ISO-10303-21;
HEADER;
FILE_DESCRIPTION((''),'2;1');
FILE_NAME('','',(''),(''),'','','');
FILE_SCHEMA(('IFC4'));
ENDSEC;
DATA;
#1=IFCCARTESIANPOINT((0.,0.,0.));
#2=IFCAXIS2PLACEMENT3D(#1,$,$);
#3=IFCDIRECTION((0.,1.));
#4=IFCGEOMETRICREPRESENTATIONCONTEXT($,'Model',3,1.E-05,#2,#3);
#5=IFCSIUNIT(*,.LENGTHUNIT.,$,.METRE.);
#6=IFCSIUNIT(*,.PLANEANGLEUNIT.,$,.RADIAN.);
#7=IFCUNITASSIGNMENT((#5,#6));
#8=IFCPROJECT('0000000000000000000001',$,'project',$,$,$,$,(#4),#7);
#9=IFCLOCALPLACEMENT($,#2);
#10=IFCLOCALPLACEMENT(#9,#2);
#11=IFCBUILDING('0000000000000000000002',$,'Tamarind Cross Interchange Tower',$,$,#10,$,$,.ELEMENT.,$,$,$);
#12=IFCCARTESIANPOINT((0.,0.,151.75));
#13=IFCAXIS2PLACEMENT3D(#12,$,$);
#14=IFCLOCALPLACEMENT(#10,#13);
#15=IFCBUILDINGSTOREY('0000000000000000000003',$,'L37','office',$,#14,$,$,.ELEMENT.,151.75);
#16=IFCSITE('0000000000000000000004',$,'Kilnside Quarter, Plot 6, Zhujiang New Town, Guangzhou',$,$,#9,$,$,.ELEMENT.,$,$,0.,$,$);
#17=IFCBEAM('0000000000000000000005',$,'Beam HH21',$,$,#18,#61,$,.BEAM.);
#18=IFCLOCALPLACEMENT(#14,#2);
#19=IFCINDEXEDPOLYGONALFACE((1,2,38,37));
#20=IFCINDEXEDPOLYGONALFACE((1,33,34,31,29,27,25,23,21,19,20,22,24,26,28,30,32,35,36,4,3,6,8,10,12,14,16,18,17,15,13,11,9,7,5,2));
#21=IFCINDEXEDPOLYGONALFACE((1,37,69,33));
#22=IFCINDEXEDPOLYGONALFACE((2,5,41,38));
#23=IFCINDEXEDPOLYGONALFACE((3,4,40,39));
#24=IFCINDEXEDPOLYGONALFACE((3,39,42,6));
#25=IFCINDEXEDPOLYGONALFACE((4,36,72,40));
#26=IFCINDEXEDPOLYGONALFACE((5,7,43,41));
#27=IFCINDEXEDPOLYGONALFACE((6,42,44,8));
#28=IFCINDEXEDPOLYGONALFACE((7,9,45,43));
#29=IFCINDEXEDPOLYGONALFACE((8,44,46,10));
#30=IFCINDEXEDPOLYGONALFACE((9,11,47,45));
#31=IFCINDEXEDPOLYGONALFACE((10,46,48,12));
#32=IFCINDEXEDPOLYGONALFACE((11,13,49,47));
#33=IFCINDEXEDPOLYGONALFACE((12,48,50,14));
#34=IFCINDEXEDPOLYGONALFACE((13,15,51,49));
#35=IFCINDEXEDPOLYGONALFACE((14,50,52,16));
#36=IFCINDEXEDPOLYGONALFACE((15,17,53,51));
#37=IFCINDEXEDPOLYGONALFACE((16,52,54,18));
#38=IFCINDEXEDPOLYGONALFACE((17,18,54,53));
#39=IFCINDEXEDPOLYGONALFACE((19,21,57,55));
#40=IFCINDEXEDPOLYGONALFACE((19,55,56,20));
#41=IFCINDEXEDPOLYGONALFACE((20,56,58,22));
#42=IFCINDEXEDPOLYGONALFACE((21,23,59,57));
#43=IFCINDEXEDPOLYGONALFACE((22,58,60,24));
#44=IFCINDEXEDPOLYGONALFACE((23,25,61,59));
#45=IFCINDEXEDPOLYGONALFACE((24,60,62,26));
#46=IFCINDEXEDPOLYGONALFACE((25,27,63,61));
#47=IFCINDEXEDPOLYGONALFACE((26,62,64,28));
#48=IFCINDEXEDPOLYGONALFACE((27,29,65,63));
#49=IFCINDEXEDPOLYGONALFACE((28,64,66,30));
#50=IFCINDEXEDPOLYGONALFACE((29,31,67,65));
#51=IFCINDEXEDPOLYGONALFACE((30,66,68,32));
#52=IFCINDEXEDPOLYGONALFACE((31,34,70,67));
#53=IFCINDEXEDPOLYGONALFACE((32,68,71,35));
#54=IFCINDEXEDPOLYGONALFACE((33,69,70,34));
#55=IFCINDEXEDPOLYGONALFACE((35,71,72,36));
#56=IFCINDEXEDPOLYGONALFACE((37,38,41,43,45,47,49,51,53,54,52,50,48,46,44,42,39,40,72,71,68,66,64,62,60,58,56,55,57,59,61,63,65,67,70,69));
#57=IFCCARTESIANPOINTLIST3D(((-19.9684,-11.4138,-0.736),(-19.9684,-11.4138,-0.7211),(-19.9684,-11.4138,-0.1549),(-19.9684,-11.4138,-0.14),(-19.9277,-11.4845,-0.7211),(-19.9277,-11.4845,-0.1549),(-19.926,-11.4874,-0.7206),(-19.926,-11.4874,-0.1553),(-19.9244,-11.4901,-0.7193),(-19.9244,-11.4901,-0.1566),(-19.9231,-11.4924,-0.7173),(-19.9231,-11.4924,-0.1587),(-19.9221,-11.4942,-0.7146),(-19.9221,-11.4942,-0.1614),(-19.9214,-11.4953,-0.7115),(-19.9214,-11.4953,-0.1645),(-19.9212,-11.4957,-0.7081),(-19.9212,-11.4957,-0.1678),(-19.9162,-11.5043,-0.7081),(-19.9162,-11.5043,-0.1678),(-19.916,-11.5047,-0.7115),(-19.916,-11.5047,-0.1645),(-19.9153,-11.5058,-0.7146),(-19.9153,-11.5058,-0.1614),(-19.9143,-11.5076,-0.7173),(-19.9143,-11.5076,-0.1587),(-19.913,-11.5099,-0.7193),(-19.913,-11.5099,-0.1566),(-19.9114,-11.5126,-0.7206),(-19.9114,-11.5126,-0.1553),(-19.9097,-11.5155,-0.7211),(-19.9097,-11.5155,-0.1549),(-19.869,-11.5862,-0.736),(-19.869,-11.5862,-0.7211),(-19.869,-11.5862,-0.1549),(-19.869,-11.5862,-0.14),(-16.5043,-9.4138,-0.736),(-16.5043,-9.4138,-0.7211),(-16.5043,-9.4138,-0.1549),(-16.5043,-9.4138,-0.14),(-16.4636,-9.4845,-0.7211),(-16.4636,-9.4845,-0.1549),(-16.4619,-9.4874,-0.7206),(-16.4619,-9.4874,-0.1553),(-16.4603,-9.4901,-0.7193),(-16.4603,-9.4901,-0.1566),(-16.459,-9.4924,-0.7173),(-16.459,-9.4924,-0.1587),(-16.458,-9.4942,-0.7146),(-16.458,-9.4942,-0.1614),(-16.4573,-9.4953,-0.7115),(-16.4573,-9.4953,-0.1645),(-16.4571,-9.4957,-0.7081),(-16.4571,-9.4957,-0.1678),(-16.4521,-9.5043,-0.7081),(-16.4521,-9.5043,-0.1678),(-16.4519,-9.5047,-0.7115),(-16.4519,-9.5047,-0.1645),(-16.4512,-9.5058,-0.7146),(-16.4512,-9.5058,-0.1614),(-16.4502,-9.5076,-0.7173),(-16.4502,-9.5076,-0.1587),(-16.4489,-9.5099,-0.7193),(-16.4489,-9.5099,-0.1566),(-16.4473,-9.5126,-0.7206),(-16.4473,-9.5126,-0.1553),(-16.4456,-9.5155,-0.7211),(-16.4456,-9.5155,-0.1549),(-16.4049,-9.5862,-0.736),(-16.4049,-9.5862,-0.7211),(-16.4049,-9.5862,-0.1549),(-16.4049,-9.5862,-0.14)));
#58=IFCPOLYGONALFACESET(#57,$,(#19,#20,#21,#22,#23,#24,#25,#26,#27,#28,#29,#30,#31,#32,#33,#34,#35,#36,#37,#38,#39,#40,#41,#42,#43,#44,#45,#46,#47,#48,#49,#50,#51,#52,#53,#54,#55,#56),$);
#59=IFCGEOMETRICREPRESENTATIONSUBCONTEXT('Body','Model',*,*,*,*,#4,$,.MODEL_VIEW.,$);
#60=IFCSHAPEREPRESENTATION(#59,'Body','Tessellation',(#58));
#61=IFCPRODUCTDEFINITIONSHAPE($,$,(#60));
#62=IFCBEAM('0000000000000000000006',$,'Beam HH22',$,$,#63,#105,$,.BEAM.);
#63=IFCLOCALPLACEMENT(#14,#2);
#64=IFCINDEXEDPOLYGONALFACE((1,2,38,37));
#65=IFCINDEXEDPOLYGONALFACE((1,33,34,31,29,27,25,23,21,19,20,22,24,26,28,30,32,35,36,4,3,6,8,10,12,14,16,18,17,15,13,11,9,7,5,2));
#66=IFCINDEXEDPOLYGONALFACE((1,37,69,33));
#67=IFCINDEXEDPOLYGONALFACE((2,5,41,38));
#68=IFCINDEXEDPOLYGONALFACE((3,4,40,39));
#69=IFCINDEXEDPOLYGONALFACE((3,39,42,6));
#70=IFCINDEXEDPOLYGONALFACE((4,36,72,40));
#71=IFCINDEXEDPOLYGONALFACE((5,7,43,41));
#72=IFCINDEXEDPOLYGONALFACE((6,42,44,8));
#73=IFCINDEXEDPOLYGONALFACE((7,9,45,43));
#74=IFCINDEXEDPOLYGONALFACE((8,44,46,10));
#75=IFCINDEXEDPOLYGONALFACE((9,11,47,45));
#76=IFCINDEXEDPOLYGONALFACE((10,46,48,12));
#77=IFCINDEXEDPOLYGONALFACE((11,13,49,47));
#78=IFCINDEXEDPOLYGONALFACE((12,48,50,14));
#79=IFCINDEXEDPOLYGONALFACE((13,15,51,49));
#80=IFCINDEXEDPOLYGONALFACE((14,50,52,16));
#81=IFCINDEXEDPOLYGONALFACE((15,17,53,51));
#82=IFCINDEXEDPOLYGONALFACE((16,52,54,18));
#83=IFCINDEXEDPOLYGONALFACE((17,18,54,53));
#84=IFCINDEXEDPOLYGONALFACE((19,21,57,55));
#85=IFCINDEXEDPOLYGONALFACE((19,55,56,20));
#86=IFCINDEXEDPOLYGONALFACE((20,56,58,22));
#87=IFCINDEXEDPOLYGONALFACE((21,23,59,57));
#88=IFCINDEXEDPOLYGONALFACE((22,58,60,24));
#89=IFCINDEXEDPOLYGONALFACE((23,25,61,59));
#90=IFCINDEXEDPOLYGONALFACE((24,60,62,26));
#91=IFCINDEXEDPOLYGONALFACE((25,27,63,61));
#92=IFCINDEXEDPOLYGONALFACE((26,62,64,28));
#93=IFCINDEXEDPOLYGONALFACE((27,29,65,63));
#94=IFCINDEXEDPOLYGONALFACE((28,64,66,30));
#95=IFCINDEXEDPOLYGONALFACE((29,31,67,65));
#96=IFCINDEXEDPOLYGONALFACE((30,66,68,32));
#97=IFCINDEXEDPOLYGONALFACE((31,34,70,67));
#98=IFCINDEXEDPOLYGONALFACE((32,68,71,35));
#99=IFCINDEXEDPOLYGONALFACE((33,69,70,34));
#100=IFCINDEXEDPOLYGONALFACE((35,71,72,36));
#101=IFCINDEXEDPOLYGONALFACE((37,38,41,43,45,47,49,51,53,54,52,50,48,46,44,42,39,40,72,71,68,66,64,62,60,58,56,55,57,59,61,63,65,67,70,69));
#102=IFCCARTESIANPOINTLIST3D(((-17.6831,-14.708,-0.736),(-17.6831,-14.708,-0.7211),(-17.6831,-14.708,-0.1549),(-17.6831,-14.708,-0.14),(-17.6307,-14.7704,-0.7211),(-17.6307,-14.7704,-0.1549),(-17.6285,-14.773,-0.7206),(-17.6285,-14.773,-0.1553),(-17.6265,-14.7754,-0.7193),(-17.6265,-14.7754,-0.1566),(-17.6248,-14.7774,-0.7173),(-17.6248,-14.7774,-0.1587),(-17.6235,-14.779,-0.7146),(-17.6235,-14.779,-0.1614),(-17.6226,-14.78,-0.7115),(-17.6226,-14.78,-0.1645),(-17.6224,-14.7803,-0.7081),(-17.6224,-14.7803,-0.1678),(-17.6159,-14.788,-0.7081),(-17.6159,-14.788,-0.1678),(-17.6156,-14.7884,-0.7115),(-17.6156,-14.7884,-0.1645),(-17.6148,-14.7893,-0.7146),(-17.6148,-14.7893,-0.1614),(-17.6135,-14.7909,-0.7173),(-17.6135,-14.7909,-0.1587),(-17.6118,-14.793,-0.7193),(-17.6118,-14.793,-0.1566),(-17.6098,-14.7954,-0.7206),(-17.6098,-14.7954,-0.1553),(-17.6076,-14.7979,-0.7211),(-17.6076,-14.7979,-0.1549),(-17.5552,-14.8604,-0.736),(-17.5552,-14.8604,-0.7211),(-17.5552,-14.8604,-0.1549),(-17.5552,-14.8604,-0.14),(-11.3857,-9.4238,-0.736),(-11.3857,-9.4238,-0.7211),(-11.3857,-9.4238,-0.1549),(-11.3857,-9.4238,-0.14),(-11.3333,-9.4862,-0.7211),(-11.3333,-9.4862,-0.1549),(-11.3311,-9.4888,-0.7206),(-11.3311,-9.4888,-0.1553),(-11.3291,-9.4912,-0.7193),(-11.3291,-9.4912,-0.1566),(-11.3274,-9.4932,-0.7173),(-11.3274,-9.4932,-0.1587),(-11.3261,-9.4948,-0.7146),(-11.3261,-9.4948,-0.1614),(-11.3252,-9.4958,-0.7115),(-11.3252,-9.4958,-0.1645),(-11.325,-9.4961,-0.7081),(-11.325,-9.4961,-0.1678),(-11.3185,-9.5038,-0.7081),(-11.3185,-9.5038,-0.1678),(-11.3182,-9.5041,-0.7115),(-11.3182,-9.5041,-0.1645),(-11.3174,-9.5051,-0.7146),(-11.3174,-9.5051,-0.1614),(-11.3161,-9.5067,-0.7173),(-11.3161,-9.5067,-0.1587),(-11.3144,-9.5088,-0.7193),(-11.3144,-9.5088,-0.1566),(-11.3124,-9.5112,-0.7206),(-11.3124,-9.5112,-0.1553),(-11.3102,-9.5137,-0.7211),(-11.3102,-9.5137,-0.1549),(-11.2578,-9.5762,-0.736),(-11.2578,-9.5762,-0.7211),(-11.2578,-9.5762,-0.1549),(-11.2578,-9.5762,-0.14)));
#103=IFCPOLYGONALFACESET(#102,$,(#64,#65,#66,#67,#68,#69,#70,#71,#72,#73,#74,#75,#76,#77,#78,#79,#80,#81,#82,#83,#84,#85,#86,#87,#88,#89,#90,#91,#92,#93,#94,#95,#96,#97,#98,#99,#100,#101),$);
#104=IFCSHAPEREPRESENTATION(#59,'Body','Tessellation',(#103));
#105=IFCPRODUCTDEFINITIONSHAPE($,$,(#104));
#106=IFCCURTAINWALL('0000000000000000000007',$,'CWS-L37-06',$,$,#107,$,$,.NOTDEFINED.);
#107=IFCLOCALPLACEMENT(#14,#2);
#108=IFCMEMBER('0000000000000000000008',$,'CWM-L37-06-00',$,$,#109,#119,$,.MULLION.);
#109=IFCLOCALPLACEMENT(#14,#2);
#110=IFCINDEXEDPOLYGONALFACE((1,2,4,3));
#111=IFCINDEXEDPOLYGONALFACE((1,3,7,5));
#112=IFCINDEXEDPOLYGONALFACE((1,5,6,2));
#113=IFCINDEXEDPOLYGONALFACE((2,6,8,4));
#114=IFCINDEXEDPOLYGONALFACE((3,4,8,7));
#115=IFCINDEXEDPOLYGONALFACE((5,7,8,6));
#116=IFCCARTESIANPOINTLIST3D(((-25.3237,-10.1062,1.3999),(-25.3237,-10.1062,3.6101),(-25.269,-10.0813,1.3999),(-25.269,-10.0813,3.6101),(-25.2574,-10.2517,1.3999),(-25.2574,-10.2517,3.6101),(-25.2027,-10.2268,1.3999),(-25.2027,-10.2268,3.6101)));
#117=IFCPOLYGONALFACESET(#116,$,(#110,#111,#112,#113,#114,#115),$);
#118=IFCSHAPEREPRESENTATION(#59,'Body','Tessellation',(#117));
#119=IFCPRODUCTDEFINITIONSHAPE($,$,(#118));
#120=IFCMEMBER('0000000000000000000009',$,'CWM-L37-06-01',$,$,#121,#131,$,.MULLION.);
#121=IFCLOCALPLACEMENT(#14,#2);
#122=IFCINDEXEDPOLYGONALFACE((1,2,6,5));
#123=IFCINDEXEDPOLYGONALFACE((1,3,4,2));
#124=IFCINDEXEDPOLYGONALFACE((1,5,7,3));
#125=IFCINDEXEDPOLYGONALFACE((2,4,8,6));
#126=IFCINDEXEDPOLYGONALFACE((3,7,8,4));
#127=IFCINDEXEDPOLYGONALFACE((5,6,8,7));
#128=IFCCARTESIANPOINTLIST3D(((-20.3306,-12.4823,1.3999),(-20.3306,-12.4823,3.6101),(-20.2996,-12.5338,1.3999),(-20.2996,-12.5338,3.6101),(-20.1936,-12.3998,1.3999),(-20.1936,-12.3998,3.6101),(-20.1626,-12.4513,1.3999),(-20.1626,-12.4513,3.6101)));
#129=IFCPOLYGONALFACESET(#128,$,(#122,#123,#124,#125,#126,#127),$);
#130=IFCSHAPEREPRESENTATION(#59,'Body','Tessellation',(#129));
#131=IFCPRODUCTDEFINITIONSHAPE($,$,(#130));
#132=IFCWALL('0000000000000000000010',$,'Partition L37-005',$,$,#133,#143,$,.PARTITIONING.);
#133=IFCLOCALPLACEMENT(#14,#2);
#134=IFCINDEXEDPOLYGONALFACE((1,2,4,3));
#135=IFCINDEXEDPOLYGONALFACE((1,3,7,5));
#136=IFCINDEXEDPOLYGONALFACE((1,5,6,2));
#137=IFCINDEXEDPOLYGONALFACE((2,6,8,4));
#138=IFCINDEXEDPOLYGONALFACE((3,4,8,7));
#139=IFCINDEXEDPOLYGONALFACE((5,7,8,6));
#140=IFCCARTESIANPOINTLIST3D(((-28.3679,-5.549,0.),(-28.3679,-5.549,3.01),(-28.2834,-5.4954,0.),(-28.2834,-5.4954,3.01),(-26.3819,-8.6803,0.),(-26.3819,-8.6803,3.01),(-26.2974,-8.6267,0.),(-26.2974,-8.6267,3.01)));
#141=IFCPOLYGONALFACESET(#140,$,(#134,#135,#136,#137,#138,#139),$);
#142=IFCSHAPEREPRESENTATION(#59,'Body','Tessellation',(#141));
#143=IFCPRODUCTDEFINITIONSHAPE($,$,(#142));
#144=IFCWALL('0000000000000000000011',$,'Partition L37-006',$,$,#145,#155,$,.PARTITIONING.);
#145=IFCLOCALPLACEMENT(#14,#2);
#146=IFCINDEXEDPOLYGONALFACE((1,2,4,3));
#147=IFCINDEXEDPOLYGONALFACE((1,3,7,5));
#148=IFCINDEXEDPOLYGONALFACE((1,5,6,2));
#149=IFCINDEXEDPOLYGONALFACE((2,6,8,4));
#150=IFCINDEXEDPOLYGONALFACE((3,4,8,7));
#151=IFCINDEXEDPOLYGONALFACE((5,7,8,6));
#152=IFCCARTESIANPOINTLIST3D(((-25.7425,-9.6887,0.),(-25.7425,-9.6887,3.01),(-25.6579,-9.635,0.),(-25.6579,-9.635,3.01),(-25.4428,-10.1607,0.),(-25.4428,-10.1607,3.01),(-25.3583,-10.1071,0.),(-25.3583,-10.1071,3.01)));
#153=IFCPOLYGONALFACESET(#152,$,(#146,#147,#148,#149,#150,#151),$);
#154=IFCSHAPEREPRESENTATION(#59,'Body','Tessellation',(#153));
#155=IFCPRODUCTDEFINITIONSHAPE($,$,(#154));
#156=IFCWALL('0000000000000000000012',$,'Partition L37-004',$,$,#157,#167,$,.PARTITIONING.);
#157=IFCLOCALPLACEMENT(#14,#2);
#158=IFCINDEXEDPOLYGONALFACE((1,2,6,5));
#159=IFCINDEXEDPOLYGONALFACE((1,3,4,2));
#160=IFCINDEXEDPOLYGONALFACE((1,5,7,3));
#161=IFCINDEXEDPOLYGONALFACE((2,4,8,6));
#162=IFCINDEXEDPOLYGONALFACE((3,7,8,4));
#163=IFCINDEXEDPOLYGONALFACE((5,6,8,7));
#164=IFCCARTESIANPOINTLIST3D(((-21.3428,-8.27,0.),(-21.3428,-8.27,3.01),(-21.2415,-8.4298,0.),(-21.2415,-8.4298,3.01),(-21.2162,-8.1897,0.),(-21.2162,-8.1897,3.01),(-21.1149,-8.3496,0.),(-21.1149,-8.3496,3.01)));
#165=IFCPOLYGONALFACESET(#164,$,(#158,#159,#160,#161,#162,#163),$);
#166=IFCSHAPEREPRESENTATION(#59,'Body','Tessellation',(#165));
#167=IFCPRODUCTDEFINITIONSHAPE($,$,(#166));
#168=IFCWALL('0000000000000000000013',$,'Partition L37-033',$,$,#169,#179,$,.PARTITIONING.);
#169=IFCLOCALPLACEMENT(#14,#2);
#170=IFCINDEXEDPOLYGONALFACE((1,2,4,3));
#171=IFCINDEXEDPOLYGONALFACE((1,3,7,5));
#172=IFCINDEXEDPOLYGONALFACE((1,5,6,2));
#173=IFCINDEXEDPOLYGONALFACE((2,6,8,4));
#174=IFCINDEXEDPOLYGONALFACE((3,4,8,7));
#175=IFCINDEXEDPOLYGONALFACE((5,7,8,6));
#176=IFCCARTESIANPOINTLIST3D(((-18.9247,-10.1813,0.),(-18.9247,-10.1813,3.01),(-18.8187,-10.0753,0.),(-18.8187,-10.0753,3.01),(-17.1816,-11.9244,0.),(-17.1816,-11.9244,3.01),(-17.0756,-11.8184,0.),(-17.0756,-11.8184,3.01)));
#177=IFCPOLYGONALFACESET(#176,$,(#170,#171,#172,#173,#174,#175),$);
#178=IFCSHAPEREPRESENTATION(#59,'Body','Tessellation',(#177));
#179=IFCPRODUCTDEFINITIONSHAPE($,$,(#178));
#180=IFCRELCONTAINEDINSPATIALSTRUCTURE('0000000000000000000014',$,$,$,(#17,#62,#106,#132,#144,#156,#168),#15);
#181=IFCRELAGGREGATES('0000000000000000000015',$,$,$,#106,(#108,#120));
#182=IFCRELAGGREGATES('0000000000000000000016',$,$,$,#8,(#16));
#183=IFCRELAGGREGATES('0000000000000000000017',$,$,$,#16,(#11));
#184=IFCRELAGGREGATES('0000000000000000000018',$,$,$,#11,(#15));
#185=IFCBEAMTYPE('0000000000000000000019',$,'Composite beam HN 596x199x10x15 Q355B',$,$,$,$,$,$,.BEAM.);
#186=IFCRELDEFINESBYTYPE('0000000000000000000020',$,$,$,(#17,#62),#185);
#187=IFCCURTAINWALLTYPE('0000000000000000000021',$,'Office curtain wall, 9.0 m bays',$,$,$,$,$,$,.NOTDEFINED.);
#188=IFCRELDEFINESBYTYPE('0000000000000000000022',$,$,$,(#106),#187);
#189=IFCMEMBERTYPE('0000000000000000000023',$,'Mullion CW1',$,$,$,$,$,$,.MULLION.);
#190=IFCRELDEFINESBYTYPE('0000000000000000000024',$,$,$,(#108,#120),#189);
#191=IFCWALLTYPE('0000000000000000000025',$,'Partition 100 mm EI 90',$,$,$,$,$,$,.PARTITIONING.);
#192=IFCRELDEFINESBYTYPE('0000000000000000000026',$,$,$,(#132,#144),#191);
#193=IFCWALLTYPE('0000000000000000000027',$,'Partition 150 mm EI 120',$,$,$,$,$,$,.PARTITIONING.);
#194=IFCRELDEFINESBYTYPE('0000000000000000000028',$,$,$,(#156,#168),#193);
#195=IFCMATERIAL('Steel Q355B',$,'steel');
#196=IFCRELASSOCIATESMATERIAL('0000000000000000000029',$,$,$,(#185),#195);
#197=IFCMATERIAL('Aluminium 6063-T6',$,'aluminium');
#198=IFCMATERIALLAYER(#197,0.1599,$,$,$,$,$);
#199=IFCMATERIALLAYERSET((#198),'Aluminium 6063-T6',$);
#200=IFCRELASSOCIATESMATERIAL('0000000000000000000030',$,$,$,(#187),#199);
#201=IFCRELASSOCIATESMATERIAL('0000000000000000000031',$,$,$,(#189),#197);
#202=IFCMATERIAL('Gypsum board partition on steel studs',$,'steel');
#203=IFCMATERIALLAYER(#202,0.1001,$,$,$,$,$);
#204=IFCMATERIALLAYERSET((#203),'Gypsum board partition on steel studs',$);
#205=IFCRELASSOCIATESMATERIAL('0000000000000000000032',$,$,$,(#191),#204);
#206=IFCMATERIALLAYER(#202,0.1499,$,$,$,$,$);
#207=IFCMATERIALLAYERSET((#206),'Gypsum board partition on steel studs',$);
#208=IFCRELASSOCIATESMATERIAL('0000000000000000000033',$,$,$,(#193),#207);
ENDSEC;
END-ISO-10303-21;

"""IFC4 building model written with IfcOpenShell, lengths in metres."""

from ifc_helpers import new_model, si_unit, direction, frame, frame_2d, origin, origin_2d, place, context, subcontext, project, spatial, rectangle, i_section, extrude, material, layer, layer_set, material_profile, profile_set, type_object, element, aggregate, save


model = new_model("IFC4")

# Units and contexts
model_context = context("Model", 3, precision=1e-05, world=origin(), true_north=direction((0.0, 1.0)))
body_context = subcontext(model_context, "Body", "Model", "MODEL_VIEW")
ifc_project = project(units=[si_unit("LENGTHUNIT", "METRE"), si_unit("PLANEANGLEUNIT", "RADIAN")], contexts=[model_context])

# Site, building, storey
site_placement = place(None, origin())
site = spatial("IfcSite", under=ifc_project, at=site_placement, Name="Kilnside Quarter, Plot 6, Zhujiang New Town, Guangzhou", CompositionType="ELEMENT", RefElevation=0.0)
building_placement = place(site_placement, origin())
building = spatial("IfcBuilding", under=site, at=building_placement, Name="Tamarind Cross Interchange Tower", CompositionType="ELEMENT")
storey_placement = place(building_placement, frame((0.0, 0.0, 151.75)))
storey = spatial("IfcBuildingStorey", under=building, at=storey_placement, Name="L37", Description="office", CompositionType="ELEMENT", Elevation=151.75)

# Beams
ifc_material_1 = material(Name="Steel Q355B", Category="steel")
ifc_material_profile_1 = material_profile(ifc_material_1, i_section(OverallWidth=0.199, OverallDepth=0.5959, WebThickness=0.01, FlangeThickness=0.0149, FilletRadius=0.0129, at=origin_2d()), Name="HN 596x199x10x15")
ifc_profile_set_1 = profile_set([ifc_material_profile_1], Name="Steel Q355B")
beam_type_1 = type_object("IfcBeamType", Name="Composite beam HN 596x199x10x15 Q355B", PredefinedType="BEAM", material=ifc_profile_set_1)
beam_1_placement = place(storey_placement, frame((-19.9187, -11.5, -0.438), z_axis=(0.866026, 0.499999, 0.0), x_axis=(-0.499999, 0.866026, 0.0)))
element("IfcBeam", 1, at=beam_1_placement, inside=storey, type_object=beam_type_1, Name="Beam HH21", PredefinedType="BEAM", context=body_context, shape_type="SweptSolid", body=[
    extrude(i_section(OverallWidth=0.199, OverallDepth=0.5959, WebThickness=0.01, FlangeThickness=0.0149, FilletRadius=0.0129, at=origin_2d()), origin(), (0.0, 0.0, 1.0), 4.0),
])
beam_2_placement = place(storey_placement, frame((-17.6191, -14.7842, -0.438), z_axis=(0.766041, 0.642792, 0.0), x_axis=(-0.642792, 0.766041, 0.0)))
element("IfcBeam", 2, at=beam_2_placement, inside=storey, type_object=beam_type_1, Name="Beam HH22", PredefinedType="BEAM", context=body_context, shape_type="SweptSolid", body=[
    extrude(i_section(OverallWidth=0.199, OverallDepth=0.5959, WebThickness=0.01, FlangeThickness=0.0149, FilletRadius=0.0129, at=origin_2d()), origin(), (0.0, 0.0, 1.0), 8.2207),
])

# Curtain wall, members
ifc_material_2 = material(Name="Aluminium 6063-T6", Category="aluminium")
ifc_layer_1 = layer(ifc_material_2, 0.1599)
ifc_layer_set_1 = layer_set([ifc_layer_1], Name="Aluminium 6063-T6")
curtain_wall_type = type_object("IfcCurtainWallType", Name="Office curtain wall, 9.0 m bays", PredefinedType="NOTDEFINED", material=ifc_layer_set_1)
curtain_wall_placement = place(storey_placement, origin())
curtain_wall = element("IfcCurtainWall", 3, at=curtain_wall_placement, inside=storey, type_object=curtain_wall_type, Name="CWS-L37-06", PredefinedType="NOTDEFINED")
ifc_material_profile_2 = material_profile(ifc_material_2, rectangle(XDim=0.0601, YDim=0.1599, at=origin_2d()), Name="Mullion CW1")
ifc_profile_set_2 = profile_set([ifc_material_profile_2], Name="Aluminium 6063-T6")
member_type = type_object("IfcMemberType", Name="Mullion CW1", PredefinedType="MULLION", material=ifc_profile_set_2)
member_1_placement = place(storey_placement, frame((-25.2632, -10.1665, 1.3999), z_axis=(0.0, 0.0, 1.0), x_axis=(0.909977, 0.414658, 0.0)))
member_1 = element("IfcMember", 4, at=member_1_placement, type_object=member_type, Name="CWM-L37-06-00", PredefinedType="MULLION", context=body_context, shape_type="SweptSolid", body=[
    extrude(rectangle(XDim=0.0601, YDim=0.1599, at=origin_2d()), origin(), (0.0, 0.0, 1.0), 2.2102),
])
member_2_placement = place(storey_placement, frame((-20.2466, -12.4668, 1.3999), z_axis=(0.0, 0.0, 1.0), x_axis=(0.515901, -0.856648, 0.0)))
member_2 = element("IfcMember", 5, at=member_2_placement, type_object=member_type, Name="CWM-L37-06-01", PredefinedType="MULLION", context=body_context, shape_type="SweptSolid", body=[
    extrude(rectangle(XDim=0.0601, YDim=0.1599, at=origin_2d()), origin(), (0.0, 0.0, 1.0), 2.2102),
])
aggregate(curtain_wall, [member_1, member_2])

# Walls
ifc_material_3 = material(Name="Gypsum board partition on steel studs", Category="steel")
ifc_layer_2 = layer(ifc_material_3, 0.1001)
ifc_layer_set_2 = layer_set([ifc_layer_2], Name="Gypsum board partition on steel studs")
wall_type_1 = type_object("IfcWallType", Name="Partition 100 mm EI 90", PredefinedType="PARTITIONING", material=ifc_layer_set_2)
wall_1_placement = place(storey_placement, frame((-28.3257, -5.5222, 0.0), z_axis=(0.0, 0.0, 1.0), x_axis=(0.53561, -0.844466, 0.0)))
element("IfcWall", 6, at=wall_1_placement, inside=storey, type_object=wall_type_1, Name="Partition L37-005", PredefinedType="PARTITIONING", context=body_context, shape_type="SweptSolid", body=[
    extrude(rectangle(XDim=3.708, YDim=0.1001, at=frame_2d((1.854, 0.0))), origin(), (0.0, 0.0, 1.0), 3.01),
])
wall_2_placement = place(storey_placement, frame((-25.7002, -9.6619, 0.0), z_axis=(0.0, 0.0, 1.0), x_axis=(0.535914, -0.844272, 0.0)))
element("IfcWall", 7, at=wall_2_placement, inside=storey, type_object=wall_type_1, Name="Partition L37-006", PredefinedType="PARTITIONING", context=body_context, shape_type="SweptSolid", body=[
    extrude(rectangle(XDim=0.5591, YDim=0.1001, at=frame_2d((0.2795, 0.0))), origin(), (0.0, 0.0, 1.0), 3.01),
])
ifc_layer_3 = layer(ifc_material_3, 0.1499)
ifc_layer_set_3 = layer_set([ifc_layer_3], Name="Gypsum board partition on steel studs")
wall_type_2 = type_object("IfcWallType", Name="Partition 150 mm EI 120", PredefinedType="PARTITIONING", material=ifc_layer_set_3)
wall_3_placement = place(storey_placement, frame((-21.2795, -8.2297, 0.0), z_axis=(0.0, 0.0, 1.0), x_axis=(0.535205, -0.844722, 0.0)))
element("IfcWall", 8, at=wall_3_placement, inside=storey, type_object=wall_type_2, Name="Partition L37-004", PredefinedType="PARTITIONING", context=body_context, shape_type="SweptSolid", body=[
    extrude(rectangle(XDim=0.1892, YDim=0.1499, at=frame_2d((0.0947, 0.0))), origin(), (0.0, 0.0, 1.0), 3.01),
])
wall_4_placement = place(storey_placement, frame((-18.8716, -10.1284, 0.0), z_axis=(0.0, 0.0, 1.0), x_axis=(0.707107, -0.707107, 0.0)))
element("IfcWall", 9, at=wall_4_placement, inside=storey, type_object=wall_type_2, Name="Partition L37-033", PredefinedType="PARTITIONING", context=body_context, shape_type="SweptSolid", body=[
    extrude(rectangle(XDim=2.4651, YDim=0.1499, at=frame_2d((1.2324, 0.0))), origin(), (0.0, 0.0, 1.0), 3.01),
])

save(model, "model.ifc")
